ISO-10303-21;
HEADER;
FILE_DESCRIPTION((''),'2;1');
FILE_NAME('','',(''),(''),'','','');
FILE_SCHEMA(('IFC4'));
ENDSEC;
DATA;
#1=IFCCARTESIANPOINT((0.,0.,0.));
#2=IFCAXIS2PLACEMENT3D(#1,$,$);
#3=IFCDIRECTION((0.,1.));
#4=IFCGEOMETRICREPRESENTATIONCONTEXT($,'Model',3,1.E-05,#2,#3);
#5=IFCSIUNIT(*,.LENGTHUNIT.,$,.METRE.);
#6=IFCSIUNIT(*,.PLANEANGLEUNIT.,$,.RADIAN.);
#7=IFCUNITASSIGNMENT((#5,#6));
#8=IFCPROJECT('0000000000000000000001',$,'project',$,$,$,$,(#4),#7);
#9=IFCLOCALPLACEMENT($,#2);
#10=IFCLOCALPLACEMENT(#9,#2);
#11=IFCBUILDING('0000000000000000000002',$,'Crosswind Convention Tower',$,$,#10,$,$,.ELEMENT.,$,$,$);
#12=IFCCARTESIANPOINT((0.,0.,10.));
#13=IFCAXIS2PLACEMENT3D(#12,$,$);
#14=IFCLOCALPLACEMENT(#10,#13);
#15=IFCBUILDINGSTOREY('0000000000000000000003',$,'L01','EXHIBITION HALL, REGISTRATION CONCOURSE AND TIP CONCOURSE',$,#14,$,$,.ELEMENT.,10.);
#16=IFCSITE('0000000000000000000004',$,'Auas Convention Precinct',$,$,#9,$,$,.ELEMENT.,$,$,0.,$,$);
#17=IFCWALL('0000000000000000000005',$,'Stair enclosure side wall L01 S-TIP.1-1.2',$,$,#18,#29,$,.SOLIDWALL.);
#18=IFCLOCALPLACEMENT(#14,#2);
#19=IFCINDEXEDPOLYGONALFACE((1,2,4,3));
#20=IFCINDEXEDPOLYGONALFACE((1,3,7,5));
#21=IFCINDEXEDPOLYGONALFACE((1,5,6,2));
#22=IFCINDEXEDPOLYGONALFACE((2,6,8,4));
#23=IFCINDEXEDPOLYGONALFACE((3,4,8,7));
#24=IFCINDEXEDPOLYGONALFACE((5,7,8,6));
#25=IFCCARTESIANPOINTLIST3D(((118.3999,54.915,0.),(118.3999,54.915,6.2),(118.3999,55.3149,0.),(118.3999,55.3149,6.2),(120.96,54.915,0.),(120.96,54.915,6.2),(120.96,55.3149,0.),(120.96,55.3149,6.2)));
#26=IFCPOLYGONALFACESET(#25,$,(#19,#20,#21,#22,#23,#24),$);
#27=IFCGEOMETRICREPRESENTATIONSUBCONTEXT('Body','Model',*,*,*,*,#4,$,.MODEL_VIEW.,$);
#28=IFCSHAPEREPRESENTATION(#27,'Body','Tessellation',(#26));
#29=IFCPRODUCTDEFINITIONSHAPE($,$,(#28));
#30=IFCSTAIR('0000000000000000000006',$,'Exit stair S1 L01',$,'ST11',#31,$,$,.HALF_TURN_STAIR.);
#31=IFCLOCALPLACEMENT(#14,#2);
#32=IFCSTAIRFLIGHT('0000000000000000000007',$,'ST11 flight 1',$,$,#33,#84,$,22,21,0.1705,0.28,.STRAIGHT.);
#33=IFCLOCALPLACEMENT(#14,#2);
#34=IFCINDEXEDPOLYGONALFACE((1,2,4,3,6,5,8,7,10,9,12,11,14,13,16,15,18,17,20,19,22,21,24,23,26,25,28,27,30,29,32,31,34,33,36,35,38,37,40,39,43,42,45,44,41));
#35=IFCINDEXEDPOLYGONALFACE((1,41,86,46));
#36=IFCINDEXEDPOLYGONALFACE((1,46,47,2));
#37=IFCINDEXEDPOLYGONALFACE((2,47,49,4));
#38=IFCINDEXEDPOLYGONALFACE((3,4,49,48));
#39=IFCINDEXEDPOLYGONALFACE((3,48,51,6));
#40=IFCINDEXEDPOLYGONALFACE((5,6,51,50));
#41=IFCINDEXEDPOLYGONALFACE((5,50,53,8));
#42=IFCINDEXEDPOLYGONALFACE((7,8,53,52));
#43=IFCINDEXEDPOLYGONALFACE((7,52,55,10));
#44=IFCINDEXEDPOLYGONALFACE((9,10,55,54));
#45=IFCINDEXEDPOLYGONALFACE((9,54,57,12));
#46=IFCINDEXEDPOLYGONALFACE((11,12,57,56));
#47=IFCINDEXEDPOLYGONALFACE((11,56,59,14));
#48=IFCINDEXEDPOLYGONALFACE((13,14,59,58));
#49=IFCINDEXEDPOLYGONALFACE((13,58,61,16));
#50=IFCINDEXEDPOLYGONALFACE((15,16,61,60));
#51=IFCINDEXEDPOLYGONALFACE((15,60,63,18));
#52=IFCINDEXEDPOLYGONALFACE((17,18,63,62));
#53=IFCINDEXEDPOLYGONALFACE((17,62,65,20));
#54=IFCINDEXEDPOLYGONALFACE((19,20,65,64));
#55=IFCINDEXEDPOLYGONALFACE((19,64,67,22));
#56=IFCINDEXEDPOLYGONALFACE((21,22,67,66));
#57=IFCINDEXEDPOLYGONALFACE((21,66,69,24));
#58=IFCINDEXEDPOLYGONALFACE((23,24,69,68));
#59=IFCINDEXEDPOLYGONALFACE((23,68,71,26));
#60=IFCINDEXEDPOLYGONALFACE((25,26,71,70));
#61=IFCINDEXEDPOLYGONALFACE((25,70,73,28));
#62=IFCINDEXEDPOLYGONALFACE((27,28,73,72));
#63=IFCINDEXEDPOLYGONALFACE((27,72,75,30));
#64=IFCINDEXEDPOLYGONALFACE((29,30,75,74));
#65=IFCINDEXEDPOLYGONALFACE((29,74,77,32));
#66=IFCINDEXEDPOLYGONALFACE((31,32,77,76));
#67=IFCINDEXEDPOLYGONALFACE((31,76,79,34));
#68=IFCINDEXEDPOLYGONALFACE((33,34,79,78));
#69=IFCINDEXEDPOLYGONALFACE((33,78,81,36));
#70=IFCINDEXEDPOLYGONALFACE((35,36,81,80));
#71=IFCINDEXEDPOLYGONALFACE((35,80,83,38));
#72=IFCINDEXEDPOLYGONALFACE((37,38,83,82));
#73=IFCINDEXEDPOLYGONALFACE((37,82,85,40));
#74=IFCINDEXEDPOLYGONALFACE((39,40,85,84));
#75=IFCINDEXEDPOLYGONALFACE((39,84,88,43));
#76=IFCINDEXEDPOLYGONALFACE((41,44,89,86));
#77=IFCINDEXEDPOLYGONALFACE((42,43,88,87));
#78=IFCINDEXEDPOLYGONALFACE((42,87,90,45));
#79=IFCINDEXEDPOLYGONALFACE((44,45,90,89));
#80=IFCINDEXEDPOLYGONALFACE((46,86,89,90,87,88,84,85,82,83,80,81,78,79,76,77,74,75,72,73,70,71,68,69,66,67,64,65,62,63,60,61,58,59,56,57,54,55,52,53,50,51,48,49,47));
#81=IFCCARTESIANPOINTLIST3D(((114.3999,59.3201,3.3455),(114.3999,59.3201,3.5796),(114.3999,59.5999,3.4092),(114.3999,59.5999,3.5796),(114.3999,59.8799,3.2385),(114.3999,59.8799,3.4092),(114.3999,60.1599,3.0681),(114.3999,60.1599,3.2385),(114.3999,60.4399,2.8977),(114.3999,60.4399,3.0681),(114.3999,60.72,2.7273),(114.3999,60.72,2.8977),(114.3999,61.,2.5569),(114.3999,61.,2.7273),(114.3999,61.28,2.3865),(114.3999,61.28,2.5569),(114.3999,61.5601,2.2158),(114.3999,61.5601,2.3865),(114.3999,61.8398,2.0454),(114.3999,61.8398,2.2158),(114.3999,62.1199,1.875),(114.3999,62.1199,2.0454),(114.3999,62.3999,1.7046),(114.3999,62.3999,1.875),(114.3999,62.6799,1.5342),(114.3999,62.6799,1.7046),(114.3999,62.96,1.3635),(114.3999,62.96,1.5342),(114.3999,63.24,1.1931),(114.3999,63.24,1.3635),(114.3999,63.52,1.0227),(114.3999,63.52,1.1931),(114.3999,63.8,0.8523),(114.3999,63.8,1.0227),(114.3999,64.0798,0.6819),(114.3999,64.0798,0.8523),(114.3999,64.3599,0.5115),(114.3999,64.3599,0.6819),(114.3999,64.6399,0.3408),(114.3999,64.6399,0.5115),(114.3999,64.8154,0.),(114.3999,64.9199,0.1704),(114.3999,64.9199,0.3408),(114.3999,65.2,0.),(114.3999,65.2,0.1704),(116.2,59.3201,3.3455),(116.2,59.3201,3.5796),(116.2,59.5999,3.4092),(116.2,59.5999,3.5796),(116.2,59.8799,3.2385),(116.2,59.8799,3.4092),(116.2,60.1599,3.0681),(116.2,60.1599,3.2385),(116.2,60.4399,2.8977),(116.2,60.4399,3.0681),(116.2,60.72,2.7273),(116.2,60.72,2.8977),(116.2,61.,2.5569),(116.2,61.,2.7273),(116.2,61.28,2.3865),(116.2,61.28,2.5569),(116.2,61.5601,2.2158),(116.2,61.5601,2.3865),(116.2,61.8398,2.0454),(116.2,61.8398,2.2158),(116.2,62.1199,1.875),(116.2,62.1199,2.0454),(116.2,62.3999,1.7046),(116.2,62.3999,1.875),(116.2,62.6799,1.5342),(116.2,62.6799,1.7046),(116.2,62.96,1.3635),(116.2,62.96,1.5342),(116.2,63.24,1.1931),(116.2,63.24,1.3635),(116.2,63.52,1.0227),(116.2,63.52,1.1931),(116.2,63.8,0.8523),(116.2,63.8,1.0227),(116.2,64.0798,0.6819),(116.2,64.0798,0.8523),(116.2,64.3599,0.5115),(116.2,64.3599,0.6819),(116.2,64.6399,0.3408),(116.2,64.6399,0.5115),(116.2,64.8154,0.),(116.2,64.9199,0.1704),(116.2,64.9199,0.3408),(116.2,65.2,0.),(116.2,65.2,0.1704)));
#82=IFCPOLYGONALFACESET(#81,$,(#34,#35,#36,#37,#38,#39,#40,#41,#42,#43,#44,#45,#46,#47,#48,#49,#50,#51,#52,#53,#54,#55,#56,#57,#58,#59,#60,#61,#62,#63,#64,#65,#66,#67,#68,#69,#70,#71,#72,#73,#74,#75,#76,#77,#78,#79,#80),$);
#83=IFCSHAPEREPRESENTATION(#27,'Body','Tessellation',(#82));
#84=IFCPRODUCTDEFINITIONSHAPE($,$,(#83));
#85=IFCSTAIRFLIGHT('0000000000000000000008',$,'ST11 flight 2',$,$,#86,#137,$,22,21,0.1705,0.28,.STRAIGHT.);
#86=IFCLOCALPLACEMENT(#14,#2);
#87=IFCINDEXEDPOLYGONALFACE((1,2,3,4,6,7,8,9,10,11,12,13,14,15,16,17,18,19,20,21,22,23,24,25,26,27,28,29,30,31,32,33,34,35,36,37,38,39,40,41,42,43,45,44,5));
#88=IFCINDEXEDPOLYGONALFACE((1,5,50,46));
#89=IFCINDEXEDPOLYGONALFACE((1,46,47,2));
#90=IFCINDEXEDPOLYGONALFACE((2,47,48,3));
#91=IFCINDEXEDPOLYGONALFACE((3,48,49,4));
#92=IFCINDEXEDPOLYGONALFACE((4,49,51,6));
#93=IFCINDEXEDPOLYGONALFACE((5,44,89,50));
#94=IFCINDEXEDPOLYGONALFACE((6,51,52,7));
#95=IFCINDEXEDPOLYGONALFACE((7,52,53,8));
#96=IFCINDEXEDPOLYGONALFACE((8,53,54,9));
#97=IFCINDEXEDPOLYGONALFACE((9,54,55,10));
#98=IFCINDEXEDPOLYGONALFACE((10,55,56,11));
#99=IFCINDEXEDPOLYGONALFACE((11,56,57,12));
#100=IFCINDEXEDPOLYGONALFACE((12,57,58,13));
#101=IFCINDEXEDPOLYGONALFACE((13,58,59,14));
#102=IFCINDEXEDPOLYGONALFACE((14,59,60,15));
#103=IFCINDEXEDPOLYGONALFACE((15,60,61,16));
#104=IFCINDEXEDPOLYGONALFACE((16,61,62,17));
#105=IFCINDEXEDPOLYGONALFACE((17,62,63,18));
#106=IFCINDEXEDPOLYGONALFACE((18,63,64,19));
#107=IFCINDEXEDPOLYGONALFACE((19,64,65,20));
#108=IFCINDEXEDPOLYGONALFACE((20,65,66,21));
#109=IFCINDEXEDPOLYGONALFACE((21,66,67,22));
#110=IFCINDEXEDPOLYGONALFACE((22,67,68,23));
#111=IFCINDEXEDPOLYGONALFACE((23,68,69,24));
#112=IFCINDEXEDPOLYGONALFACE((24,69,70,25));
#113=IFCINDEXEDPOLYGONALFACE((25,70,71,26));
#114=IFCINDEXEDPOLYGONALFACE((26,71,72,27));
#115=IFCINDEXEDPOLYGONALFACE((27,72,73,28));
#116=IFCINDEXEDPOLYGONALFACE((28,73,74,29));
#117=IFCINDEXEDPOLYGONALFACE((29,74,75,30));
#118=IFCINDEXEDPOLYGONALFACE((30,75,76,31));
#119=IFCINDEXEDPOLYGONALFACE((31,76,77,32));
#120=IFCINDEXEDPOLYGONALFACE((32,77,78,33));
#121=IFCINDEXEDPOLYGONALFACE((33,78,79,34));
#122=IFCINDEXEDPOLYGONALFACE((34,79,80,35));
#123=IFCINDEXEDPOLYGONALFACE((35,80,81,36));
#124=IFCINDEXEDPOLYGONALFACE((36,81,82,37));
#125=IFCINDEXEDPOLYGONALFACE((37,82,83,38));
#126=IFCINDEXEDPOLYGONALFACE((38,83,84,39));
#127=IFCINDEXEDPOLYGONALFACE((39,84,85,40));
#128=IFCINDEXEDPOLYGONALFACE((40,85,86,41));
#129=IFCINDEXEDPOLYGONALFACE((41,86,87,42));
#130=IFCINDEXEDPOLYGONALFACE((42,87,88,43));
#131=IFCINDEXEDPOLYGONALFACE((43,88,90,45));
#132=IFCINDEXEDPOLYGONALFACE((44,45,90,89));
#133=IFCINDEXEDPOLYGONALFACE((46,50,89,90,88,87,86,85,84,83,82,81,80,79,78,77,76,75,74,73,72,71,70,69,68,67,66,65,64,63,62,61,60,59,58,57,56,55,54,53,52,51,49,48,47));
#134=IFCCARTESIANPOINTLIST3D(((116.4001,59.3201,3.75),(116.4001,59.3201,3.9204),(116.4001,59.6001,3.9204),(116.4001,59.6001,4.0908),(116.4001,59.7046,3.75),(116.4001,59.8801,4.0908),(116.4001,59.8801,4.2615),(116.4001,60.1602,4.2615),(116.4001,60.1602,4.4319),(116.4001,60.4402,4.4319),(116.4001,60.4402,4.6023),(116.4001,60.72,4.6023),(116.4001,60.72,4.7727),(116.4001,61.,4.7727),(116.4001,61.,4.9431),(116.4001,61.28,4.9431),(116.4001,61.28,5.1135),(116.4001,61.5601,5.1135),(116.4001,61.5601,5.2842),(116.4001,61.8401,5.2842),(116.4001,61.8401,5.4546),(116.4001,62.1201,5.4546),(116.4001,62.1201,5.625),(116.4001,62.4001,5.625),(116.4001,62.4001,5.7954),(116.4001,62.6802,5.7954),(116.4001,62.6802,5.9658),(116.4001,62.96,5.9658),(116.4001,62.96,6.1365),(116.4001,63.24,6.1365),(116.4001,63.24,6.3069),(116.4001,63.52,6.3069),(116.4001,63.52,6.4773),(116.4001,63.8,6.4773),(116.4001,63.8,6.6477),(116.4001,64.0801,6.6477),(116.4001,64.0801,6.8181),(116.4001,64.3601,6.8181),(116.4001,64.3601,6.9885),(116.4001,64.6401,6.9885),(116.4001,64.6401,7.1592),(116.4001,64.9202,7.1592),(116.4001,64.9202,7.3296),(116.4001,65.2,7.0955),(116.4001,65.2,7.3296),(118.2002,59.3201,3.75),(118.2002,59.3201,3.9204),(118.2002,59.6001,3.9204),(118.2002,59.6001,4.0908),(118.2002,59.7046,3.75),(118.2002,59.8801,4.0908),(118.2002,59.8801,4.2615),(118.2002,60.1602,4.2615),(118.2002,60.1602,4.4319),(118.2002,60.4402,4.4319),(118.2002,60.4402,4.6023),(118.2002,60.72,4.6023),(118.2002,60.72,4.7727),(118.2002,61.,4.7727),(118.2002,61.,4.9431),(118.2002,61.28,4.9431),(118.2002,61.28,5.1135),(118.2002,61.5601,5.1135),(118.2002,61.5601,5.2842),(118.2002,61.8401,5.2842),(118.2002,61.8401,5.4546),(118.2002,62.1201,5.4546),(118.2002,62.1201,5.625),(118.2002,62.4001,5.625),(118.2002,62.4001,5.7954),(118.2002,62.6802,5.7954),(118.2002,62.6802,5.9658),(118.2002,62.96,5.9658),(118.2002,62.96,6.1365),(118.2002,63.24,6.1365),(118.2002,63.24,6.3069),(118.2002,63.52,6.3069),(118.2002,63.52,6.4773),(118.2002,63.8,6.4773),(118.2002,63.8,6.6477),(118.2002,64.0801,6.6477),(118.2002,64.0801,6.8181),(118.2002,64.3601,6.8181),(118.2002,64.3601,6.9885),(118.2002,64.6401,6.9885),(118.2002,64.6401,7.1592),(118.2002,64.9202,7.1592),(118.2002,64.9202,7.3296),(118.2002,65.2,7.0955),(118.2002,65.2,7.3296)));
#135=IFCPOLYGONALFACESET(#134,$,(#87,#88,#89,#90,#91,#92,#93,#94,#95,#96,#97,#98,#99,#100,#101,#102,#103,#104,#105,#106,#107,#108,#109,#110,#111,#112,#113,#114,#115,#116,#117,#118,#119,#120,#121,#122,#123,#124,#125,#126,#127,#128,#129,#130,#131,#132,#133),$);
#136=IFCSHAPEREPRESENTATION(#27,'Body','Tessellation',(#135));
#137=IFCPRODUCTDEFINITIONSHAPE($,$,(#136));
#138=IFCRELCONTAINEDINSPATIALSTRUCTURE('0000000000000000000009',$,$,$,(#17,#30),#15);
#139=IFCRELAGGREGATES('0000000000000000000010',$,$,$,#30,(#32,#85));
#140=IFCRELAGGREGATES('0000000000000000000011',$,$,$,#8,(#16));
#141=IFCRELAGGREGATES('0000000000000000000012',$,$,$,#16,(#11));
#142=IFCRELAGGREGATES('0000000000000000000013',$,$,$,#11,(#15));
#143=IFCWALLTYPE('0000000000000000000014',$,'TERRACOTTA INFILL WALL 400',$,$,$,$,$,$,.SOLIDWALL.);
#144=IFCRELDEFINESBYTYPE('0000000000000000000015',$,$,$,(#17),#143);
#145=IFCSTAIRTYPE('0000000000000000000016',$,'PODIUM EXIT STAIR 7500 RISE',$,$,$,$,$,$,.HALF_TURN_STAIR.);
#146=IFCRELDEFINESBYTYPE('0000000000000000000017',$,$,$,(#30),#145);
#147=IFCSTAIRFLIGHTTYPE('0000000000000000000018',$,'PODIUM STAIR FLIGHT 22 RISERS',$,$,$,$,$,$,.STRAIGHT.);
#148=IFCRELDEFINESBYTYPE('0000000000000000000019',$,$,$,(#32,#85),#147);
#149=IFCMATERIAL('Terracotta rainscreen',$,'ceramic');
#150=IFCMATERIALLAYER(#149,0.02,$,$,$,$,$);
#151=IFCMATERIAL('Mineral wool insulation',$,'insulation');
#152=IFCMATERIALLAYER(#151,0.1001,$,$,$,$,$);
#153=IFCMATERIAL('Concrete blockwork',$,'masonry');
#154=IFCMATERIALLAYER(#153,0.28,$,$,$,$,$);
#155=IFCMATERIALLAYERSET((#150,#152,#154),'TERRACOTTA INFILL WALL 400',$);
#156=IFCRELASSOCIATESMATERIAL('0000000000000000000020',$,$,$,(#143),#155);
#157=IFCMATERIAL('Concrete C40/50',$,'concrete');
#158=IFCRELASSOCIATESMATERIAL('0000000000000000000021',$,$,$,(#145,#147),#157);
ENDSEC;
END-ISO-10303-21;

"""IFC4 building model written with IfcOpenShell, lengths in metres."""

from ifc_helpers import new_model, si_unit, direction, frame, frame_2d, origin, place, context, subcontext, project, spatial, polyline, rectangle, outline, extrude, material, layer, layer_set, type_object, element, aggregate, save


model = new_model("IFC4")

# Units and contexts
model_context = context("Model", 3, precision=1e-05, world=origin(), true_north=direction((0.0, 1.0)))
body_context = subcontext(model_context, "Body", "Model", "MODEL_VIEW")
ifc_project = project(units=[si_unit("LENGTHUNIT", "METRE"), si_unit("PLANEANGLEUNIT", "RADIAN")], contexts=[model_context])

# Site, building, storey
site_placement = place(None, origin())
site = spatial("IfcSite", under=ifc_project, at=site_placement, Name="Auas Convention Precinct", CompositionType="ELEMENT", RefElevation=0.0)
building_placement = place(site_placement, origin())
building = spatial("IfcBuilding", under=site, at=building_placement, Name="Crosswind Convention Tower", CompositionType="ELEMENT")
storey_placement = place(building_placement, frame((0.0, 0.0, 10.0)))
storey = spatial("IfcBuildingStorey", under=building, at=storey_placement, Name="L01", Description="EXHIBITION HALL, REGISTRATION CONCOURSE AND TIP CONCOURSE", CompositionType="ELEMENT", Elevation=10.0)

# Shared definitions
ifc_material_1 = material(Name="Concrete C40/50", Category="concrete")

# Wall
ifc_material_2 = material(Name="Terracotta rainscreen", Category="ceramic")
ifc_layer_1 = layer(ifc_material_2, 0.02)
ifc_material_3 = material(Name="Mineral wool insulation", Category="insulation")
ifc_layer_2 = layer(ifc_material_3, 0.1001)
ifc_material_4 = material(Name="Concrete blockwork", Category="masonry")
ifc_layer_3 = layer(ifc_material_4, 0.28)
ifc_layer_set_1 = layer_set([ifc_layer_1, ifc_layer_2, ifc_layer_3], Name="TERRACOTTA INFILL WALL 400")
wall_type_1 = type_object("IfcWallType", Name="TERRACOTTA INFILL WALL 400", PredefinedType="SOLIDWALL", material=ifc_layer_set_1)
wall_1_placement = place(storey_placement, frame((118.3999, 55.115, 0.0), z_axis=(0.0, 0.0, 1.0), x_axis=(1.0, 0.0, 0.0)))
element("IfcWall", 1, at=wall_1_placement, inside=storey, type_object=wall_type_1, Name="Stair enclosure side wall L01 S-TIP.1-1.2", PredefinedType="SOLIDWALL", context=body_context, shape_type="SweptSolid", body=[
    extrude(rectangle(XDim=2.5601, YDim=0.3999, at=frame_2d((1.28, 0.0))), origin(), (0.0, 0.0, 1.0), 6.2),
])

# Stair, stair flights
stair_type = type_object("IfcStairType", Name="PODIUM EXIT STAIR 7500 RISE", PredefinedType="HALF_TURN_STAIR", material=ifc_material_1)
stair_placement = place(storey_placement, origin())
stair = element("IfcStair", 2, at=stair_placement, inside=storey, type_object=stair_type, Name="Exit stair S1 L01", ObjectType="ST11", PredefinedType="HALF_TURN_STAIR")
stair_flight_type = type_object("IfcStairFlightType", Name="PODIUM STAIR FLIGHT 22 RISERS", PredefinedType="STRAIGHT", material=ifc_material_1)
stair_flight_1_placement = place(storey_placement, frame((115.3, 65.2, 0.0), z_axis=(0.0, 0.0, 1.0), x_axis=(0.0, -1.0, 0.0)))
stair_flight_1 = element("IfcStairFlight", 3, at=stair_flight_1_placement, type_object=stair_flight_type, Name="ST11 flight 1", NumberOfRisers=22, NumberOfTreads=21, PredefinedType="STRAIGHT", RiserHeight=0.1705, TreadLength=0.28, context=body_context, shape_type="SweptSolid", body=[
    extrude(outline(polyline([(0.0, 0.0), (0.0, 0.1704), (0.28, 0.1704), (0.28, 0.3408), (0.5601, 0.3408), (0.5601, 0.5115), (0.8401, 0.5115), (0.8401, 0.6819), (1.1201, 0.6819), (1.1201, 0.8523), (1.3999, 0.8523), (1.3999, 1.0227), (1.6799, 1.0227), (1.6799, 1.1931), (1.96, 1.1931), (1.96, 1.3635), (2.24, 1.3635), (2.24, 1.5342), (2.52, 1.5342), (2.52, 1.7046), (2.8, 1.7046), (2.8, 1.875), (3.0801, 1.875), (3.0801, 2.0454), (3.3601, 2.0454), (3.3601, 2.2158), (3.6399, 2.2158), (3.6399, 2.3865), (3.9199, 2.3865), (3.9199, 2.5569), (4.2, 2.5569), (4.2, 2.7273), (4.48, 2.7273), (4.48, 2.8977), (4.76, 2.8977), (4.76, 3.0681), (5.04, 3.0681), (5.04, 3.2385), (5.3201, 3.2385), (5.3201, 3.4092), (5.6001, 3.4092), (5.6001, 3.5796), (5.8799, 3.5796), (5.8799, 3.75), (5.8799, 3.3455), (0.3845, 0.0), (0.0, 0.0)])), frame((0.0, 0.8999, 0.0), z_axis=(0.0, -1.0, 0.0), x_axis=(1.0, 0.0, 0.0)), (0.0, 0.0, 1.0), 1.8),
])
stair_flight_2_placement = place(storey_placement, frame((117.3, 59.3201, 3.75), z_axis=(0.0, 0.0, 1.0), x_axis=(0.0, 1.0, 0.0)))
stair_flight_2 = element("IfcStairFlight", 4, at=stair_flight_2_placement, type_object=stair_flight_type, Name="ST11 flight 2", NumberOfRisers=22, NumberOfTreads=21, PredefinedType="STRAIGHT", RiserHeight=0.1705, TreadLength=0.28, context=body_context, shape_type="SweptSolid", body=[
    extrude(outline(polyline([(0.0, 0.0), (0.0, 0.1704), (0.28, 0.1704), (0.28, 0.3408), (0.5601, 0.3408), (0.5601, 0.5115), (0.8401, 0.5115), (0.8401, 0.6819), (1.1201, 0.6819), (1.1201, 0.8523), (1.3999, 0.8523), (1.3999, 1.0227), (1.6799, 1.0227), (1.6799, 1.1931), (1.96, 1.1931), (1.96, 1.3635), (2.24, 1.3635), (2.24, 1.5342), (2.52, 1.5342), (2.52, 1.7046), (2.8, 1.7046), (2.8, 1.875), (3.0801, 1.875), (3.0801, 2.0454), (3.3601, 2.0454), (3.3601, 2.2158), (3.6399, 2.2158), (3.6399, 2.3865), (3.9199, 2.3865), (3.9199, 2.5569), (4.2, 2.5569), (4.2, 2.7273), (4.48, 2.7273), (4.48, 2.8977), (4.76, 2.8977), (4.76, 3.0681), (5.04, 3.0681), (5.04, 3.2385), (5.3201, 3.2385), (5.3201, 3.4092), (5.6001, 3.4092), (5.6001, 3.5796), (5.8799, 3.5796), (5.8799, 3.75), (5.8799, 3.3455), (0.3845, 0.0), (0.0, 0.0)])), frame((0.0, 0.8999, 0.0), z_axis=(0.0, -1.0, 0.0), x_axis=(1.0, 0.0, 0.0)), (0.0, 0.0, 1.0), 1.8),
])
aggregate(stair, [stair_flight_1, stair_flight_2])

save(model, "model.ifc")
